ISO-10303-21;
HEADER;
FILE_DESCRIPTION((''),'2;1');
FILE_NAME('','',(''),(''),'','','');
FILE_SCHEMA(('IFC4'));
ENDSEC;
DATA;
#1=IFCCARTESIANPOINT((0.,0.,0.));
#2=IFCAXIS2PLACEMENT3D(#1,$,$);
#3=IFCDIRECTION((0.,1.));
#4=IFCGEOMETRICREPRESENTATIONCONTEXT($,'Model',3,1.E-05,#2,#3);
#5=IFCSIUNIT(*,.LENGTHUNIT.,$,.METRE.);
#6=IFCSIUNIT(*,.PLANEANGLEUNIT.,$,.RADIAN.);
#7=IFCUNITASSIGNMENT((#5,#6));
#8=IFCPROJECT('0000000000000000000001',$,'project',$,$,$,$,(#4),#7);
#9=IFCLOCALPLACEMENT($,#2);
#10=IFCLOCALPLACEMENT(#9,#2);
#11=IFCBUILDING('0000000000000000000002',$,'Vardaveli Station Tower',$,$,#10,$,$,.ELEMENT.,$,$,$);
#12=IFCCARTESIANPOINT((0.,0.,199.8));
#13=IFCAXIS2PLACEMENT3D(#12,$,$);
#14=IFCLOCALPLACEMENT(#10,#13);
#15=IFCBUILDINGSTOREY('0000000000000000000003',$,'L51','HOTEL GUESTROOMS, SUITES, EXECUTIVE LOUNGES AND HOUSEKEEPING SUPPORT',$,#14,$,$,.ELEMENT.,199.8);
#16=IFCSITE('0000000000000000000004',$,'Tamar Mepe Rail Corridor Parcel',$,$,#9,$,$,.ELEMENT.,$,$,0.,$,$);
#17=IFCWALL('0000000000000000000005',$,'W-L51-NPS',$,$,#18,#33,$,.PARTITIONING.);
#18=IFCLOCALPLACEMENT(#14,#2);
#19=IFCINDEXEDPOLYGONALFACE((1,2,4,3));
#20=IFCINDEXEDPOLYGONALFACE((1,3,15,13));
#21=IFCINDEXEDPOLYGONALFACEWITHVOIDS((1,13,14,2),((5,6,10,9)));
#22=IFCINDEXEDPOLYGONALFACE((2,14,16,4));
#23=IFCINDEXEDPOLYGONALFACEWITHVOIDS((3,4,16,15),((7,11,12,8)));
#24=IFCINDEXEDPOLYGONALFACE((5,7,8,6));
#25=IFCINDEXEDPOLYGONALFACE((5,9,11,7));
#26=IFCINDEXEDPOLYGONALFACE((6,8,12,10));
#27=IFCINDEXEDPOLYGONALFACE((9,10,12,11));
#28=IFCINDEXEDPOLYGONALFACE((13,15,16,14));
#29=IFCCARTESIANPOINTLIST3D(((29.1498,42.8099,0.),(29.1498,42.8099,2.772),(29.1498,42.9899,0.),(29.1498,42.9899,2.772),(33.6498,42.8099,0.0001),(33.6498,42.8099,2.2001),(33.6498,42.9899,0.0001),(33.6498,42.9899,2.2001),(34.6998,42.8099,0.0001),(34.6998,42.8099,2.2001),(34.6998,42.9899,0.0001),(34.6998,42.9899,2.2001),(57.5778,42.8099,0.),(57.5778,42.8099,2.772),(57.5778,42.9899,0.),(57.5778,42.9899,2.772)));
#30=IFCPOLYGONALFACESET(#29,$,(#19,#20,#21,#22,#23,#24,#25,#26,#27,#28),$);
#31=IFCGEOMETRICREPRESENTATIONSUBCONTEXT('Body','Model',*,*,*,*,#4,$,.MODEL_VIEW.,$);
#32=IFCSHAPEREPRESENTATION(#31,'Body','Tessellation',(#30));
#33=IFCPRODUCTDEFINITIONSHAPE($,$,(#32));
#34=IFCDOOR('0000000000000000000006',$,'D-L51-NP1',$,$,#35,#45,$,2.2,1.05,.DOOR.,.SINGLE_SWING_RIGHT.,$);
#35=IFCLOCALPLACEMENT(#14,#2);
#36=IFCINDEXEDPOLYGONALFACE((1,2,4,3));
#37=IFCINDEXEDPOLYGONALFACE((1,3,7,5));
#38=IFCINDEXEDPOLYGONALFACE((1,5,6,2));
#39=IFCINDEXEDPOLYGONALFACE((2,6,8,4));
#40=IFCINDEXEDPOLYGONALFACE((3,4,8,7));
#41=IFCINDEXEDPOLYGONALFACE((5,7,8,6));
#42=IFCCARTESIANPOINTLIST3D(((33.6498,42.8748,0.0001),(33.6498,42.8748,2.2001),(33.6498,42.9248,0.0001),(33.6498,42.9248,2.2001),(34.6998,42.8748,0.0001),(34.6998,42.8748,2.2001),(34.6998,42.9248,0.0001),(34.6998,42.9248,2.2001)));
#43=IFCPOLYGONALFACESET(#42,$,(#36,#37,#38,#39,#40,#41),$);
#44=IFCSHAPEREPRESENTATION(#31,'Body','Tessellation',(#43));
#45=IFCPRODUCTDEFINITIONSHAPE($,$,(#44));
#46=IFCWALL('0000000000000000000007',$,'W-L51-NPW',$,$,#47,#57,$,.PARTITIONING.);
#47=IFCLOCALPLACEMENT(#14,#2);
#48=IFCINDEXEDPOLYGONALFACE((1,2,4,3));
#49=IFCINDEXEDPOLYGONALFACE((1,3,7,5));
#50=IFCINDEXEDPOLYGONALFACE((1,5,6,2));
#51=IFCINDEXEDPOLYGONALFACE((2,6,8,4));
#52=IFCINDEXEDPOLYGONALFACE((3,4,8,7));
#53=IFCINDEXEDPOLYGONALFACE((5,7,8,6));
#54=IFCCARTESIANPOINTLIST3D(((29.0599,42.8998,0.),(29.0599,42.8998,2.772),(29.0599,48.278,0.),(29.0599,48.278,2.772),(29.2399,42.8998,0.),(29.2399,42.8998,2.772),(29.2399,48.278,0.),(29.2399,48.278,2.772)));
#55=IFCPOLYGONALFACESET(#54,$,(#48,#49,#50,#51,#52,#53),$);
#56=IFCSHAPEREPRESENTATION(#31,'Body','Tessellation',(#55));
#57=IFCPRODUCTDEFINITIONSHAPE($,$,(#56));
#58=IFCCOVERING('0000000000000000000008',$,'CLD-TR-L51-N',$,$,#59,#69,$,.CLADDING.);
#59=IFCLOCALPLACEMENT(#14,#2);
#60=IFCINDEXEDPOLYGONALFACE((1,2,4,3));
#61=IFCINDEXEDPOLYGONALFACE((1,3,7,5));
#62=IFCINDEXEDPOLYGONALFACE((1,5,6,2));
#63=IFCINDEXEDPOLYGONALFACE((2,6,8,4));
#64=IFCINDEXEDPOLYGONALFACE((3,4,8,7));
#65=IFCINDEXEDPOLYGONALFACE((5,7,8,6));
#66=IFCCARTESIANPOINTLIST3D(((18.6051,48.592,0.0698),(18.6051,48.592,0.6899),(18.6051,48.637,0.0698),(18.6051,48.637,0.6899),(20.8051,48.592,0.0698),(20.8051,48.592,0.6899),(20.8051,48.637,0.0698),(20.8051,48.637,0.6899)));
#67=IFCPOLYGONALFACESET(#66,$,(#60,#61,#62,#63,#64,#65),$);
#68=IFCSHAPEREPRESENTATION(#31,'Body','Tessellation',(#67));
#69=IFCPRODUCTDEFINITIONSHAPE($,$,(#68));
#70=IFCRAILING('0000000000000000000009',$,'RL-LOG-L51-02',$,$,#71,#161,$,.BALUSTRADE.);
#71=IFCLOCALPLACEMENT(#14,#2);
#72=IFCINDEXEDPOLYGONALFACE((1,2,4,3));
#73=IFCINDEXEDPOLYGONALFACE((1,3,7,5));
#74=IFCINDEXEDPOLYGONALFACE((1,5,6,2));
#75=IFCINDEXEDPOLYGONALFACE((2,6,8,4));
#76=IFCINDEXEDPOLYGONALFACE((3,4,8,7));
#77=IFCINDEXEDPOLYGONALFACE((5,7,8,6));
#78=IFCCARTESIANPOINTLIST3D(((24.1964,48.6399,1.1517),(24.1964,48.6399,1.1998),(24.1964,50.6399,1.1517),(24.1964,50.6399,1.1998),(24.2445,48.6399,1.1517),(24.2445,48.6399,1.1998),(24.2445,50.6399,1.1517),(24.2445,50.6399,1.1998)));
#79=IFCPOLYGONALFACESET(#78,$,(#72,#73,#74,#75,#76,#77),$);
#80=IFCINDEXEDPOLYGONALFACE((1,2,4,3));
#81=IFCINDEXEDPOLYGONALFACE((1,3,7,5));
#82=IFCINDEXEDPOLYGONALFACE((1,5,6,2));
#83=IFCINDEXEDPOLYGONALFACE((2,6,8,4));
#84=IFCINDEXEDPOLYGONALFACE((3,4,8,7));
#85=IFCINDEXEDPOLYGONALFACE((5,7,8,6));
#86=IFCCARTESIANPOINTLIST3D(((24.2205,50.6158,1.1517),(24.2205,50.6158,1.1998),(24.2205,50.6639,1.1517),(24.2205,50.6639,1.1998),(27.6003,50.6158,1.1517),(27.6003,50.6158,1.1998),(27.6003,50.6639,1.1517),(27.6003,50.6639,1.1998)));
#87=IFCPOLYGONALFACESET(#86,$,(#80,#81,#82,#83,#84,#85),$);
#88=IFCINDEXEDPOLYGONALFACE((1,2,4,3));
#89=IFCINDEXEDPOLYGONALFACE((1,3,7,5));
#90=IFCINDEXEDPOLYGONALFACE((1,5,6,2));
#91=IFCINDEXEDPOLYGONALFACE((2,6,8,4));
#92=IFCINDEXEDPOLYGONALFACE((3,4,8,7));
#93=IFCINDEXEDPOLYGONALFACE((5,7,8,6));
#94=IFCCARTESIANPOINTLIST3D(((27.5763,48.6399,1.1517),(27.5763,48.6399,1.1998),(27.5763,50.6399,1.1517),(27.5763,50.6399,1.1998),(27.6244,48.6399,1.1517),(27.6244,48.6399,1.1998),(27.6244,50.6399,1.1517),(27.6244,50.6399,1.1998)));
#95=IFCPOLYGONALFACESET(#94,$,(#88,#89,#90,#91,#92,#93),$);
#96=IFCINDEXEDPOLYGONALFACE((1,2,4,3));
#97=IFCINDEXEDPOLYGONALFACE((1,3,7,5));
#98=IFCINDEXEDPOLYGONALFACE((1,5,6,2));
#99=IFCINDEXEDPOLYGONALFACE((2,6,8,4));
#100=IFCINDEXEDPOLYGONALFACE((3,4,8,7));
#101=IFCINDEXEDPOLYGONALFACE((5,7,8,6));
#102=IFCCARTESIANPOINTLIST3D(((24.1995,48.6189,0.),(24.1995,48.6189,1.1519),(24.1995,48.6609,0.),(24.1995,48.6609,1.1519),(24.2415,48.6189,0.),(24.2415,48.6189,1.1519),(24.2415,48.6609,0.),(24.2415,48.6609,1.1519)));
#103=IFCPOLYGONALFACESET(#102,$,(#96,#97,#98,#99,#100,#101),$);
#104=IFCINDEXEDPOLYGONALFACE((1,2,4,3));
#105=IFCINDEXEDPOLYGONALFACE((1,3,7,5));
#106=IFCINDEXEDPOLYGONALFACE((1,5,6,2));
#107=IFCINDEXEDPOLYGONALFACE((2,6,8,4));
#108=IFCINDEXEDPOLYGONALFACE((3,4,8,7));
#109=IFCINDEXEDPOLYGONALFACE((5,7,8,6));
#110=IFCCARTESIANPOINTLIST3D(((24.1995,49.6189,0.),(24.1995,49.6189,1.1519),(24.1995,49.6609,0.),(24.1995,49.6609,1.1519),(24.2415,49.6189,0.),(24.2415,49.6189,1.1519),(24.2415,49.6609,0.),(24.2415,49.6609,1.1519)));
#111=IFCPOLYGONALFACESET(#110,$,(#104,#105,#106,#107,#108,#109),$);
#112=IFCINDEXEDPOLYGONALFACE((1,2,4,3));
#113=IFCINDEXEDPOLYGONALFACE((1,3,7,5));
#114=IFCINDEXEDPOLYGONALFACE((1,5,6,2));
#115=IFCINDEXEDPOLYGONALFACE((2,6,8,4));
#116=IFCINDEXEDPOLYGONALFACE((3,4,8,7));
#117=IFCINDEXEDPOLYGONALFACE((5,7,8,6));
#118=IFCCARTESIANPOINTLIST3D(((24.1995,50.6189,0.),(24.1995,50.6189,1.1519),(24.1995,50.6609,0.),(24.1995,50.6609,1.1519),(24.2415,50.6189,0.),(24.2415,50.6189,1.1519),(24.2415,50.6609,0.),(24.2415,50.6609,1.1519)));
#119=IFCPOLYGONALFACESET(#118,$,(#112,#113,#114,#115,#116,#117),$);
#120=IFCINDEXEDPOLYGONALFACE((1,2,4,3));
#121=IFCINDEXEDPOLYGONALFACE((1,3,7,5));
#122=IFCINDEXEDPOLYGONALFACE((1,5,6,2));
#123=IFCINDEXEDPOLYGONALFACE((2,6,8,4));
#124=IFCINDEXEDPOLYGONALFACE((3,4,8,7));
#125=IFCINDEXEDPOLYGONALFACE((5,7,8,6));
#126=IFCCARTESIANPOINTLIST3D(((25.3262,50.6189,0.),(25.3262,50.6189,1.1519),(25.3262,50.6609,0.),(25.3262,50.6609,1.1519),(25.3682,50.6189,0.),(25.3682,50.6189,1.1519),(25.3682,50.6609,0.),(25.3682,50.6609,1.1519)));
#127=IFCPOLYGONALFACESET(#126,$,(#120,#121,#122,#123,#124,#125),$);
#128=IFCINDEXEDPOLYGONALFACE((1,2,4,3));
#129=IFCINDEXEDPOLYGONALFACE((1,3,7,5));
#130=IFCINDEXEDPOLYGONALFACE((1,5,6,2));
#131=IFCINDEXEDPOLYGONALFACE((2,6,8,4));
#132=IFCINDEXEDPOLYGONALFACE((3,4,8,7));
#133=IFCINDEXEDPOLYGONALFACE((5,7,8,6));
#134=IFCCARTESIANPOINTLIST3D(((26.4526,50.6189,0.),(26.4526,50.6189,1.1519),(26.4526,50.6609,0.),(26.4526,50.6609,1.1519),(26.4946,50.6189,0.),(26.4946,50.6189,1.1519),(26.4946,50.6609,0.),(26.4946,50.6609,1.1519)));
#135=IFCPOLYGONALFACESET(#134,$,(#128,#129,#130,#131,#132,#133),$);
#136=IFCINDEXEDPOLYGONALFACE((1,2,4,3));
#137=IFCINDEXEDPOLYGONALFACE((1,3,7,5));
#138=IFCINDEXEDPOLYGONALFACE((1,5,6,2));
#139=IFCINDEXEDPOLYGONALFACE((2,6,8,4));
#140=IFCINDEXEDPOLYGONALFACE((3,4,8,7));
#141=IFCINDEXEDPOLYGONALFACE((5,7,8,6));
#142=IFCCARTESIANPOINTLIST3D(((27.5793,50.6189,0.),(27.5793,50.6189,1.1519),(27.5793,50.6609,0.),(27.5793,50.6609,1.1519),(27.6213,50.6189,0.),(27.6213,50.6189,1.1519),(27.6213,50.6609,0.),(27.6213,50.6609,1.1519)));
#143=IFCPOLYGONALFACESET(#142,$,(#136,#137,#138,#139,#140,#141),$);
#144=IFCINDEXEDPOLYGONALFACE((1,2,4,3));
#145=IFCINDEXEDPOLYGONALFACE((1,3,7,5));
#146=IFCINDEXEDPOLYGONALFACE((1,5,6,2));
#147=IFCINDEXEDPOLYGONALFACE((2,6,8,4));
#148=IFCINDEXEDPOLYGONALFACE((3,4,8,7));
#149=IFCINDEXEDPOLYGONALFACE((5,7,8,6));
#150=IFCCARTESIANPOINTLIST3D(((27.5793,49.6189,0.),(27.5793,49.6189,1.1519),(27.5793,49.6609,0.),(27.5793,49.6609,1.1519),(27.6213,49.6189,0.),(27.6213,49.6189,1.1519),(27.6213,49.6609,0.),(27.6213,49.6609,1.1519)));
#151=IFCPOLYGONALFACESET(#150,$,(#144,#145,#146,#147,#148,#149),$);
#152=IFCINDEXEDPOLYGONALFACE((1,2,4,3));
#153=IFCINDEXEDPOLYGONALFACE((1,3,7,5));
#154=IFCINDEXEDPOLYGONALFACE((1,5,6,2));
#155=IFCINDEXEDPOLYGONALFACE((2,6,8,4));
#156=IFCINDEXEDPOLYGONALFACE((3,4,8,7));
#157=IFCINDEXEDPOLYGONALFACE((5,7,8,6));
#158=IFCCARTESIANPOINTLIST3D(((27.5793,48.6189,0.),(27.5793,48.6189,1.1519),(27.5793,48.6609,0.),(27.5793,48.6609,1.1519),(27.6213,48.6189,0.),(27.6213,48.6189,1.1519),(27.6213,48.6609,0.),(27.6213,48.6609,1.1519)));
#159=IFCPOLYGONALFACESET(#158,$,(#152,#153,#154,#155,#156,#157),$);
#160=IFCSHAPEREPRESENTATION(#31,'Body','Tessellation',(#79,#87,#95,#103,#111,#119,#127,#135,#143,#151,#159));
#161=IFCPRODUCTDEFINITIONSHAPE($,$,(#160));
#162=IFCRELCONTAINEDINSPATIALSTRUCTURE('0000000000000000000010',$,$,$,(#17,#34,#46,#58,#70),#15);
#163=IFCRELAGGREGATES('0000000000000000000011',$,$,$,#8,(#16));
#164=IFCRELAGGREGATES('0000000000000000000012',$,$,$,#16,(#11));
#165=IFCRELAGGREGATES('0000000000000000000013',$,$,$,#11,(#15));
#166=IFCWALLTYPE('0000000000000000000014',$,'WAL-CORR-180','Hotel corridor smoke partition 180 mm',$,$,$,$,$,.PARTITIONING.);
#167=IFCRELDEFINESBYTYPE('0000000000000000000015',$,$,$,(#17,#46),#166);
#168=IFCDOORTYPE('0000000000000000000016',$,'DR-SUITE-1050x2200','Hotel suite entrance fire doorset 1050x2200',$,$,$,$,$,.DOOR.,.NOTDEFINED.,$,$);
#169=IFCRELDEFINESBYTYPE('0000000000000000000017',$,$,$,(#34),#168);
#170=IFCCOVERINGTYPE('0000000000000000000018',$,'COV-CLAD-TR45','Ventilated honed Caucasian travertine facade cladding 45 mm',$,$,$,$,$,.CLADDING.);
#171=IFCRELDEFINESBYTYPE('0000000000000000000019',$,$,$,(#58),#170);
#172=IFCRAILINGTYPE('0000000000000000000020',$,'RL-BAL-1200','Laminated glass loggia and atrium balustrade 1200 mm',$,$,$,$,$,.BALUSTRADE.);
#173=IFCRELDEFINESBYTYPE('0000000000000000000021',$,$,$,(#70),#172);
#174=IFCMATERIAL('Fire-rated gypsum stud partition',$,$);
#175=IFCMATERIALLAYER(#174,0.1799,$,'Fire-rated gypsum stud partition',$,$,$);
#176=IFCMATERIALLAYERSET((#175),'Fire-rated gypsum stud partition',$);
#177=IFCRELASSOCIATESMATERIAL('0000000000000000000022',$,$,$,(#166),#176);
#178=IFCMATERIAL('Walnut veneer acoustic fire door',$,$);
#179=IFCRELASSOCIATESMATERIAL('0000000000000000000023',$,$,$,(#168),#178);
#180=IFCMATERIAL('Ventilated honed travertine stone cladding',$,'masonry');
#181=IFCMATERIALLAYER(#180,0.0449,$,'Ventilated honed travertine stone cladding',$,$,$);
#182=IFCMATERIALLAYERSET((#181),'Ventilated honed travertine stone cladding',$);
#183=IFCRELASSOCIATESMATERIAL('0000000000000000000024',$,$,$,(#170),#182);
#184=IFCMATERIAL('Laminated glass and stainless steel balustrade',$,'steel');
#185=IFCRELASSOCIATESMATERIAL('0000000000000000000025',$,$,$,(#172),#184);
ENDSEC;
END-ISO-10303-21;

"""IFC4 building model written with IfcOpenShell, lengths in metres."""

from ifc_helpers import new_model, si_unit, direction, frame, frame_2d, origin, origin_2d, place, context, subcontext, project, spatial, rectangle, extrude, source, transform, mapped, material, layer, layer_set, type_object, element, fill, save


model = new_model("IFC4")

# Units and contexts
model_context = context("Model", 3, precision=1e-05, world=origin(), true_north=direction((0.0, 1.0)))
body_context = subcontext(model_context, "Body", "Model", "MODEL_VIEW")
ifc_project = project(units=[si_unit("LENGTHUNIT", "METRE"), si_unit("PLANEANGLEUNIT", "RADIAN")], contexts=[model_context])

# Site, building, storey
site_placement = place(None, origin())
site = spatial("IfcSite", under=ifc_project, at=site_placement, Name="Tamar Mepe Rail Corridor Parcel", CompositionType="ELEMENT", RefElevation=0.0)
building_placement = place(site_placement, origin())
building = spatial("IfcBuilding", under=site, at=building_placement, Name="Vardaveli Station Tower", CompositionType="ELEMENT")
storey_placement = place(building_placement, frame((0.0, 0.0, 199.8)))
storey = spatial("IfcBuildingStorey", under=building, at=storey_placement, Name="L51", Description="HOTEL GUESTROOMS, SUITES, EXECUTIVE LOUNGES AND HOUSEKEEPING SUPPORT", CompositionType="ELEMENT", Elevation=199.8)

# Wall, opening, door
ifc_material_1 = material(Name="Fire-rated gypsum stud partition")
ifc_layer_1 = layer(ifc_material_1, 0.1799, Name="Fire-rated gypsum stud partition")
ifc_layer_set_1 = layer_set([ifc_layer_1], Name="Fire-rated gypsum stud partition")
wall_type_1 = type_object("IfcWallType", Name="WAL-CORR-180", Description="Hotel corridor smoke partition 180 mm", PredefinedType="PARTITIONING", material=ifc_layer_set_1)
shared_shape_1 = source(origin(), body_context, "Body", "SweptSolid", [
    extrude(rectangle(XDim=28.428, YDim=0.1799, at=frame_2d((14.2139, 0.0))), origin(), (0.0, 0.0, 1.0), 2.772),
])
wall_1_placement = place(storey_placement, frame((29.1499, 42.8999, 0.0), z_axis=(0.0, 0.0, 1.0), x_axis=(1.0, 0.0, 0.0)))
wall_1 = element("IfcWall", 1, at=wall_1_placement, inside=storey, type_object=wall_type_1, Name="W-L51-NPS", PredefinedType="PARTITIONING", context=body_context, shape_type="MappedRepresentation", body=[
    mapped(shared_shape_1, transform((0.0, 0.0, 0.0), scale=1.0)),
])
shared_shape_2 = source(origin(), body_context, "Body", "SweptSolid", [
    extrude(rectangle(XDim=1.05, YDim=2.2, at=frame_2d((0.5249, 1.1001))), frame((0.0, 0.1001, 0.0), z_axis=(0.0, -1.0, 0.0), x_axis=(1.0, 0.0, 0.0)), (0.0, 0.0, 1.0), 0.2),
])
opening_1_placement = place(wall_1_placement, frame((4.5, 0.0, 0.0)))
opening_1 = element("IfcOpeningElement", 2, at=opening_1_placement, cuts=wall_1, PredefinedType="OPENING", context=body_context, shape_type="MappedRepresentation", body=[
    mapped(shared_shape_2, transform((0.0, 0.0, 0.0), scale=1.0)),
])
ifc_material_2 = material(Name="Walnut veneer acoustic fire door")
door_type = type_object("IfcDoorType", Name="DR-SUITE-1050x2200", Description="Hotel suite entrance fire doorset 1050x2200", OperationType="NOTDEFINED", PredefinedType="DOOR", material=ifc_material_2)
shared_shape_3 = source(origin(), body_context, "Body", "SweptSolid", [
    extrude(rectangle(XDim=1.05, YDim=2.2, at=frame_2d((0.5249, 1.1001))), frame((0.0, 0.0249, 0.0), z_axis=(0.0, -1.0, 0.0), x_axis=(1.0, 0.0, 0.0)), (0.0, 0.0, 1.0), 0.05),
])
door_placement = place(opening_1_placement, origin())
door = element("IfcDoor", 3, at=door_placement, inside=storey, type_object=door_type, Name="D-L51-NP1", OperationType="SINGLE_SWING_RIGHT", OverallHeight=2.2, OverallWidth=1.05, PredefinedType="DOOR", context=body_context, shape_type="MappedRepresentation", body=[
    mapped(shared_shape_3, transform((0.0, 0.0, 0.0), scale=1.0)),
])
fill(opening_1, door)

# Wall
shared_shape_4 = source(origin(), body_context, "Body", "SweptSolid", [
    extrude(rectangle(XDim=5.3782, YDim=0.1799, at=frame_2d((2.689, 0.0))), origin(), (0.0, 0.0, 1.0), 2.772),
])
wall_2_placement = place(storey_placement, frame((29.1499, 42.8999, 0.0), z_axis=(0.0, 0.0, 1.0), x_axis=(0.0, 1.0, 0.0)))
element("IfcWall", 4, at=wall_2_placement, inside=storey, type_object=wall_type_1, Name="W-L51-NPW", PredefinedType="PARTITIONING", context=body_context, shape_type="MappedRepresentation", body=[
    mapped(shared_shape_4, transform((0.0, 0.0, 0.0), scale=1.0)),
])

# Covering
ifc_material_3 = material(Name="Ventilated honed travertine stone cladding", Category="masonry")
ifc_layer_2 = layer(ifc_material_3, 0.0449, Name="Ventilated honed travertine stone cladding")
ifc_layer_set_2 = layer_set([ifc_layer_2], Name="Ventilated honed travertine stone cladding")
covering_type = type_object("IfcCoveringType", Name="COV-CLAD-TR45", Description="Ventilated honed Caucasian travertine facade cladding 45 mm", PredefinedType="CLADDING", material=ifc_layer_set_2)
shared_shape_5 = source(origin(), body_context, "Body", "SweptSolid", [
    extrude(rectangle(XDim=2.2, YDim=0.0449, at=origin_2d()), origin(), (0.0, 0.0, 1.0), 0.6201),
])
covering_placement = place(storey_placement, frame((19.7051, 48.6145, 0.0698), z_axis=(0.0, 0.0, 1.0), x_axis=(1.0, 0.0, 0.0)))
element("IfcCovering", 5, at=covering_placement, inside=storey, type_object=covering_type, Name="CLD-TR-L51-N", PredefinedType="CLADDING", context=body_context, shape_type="MappedRepresentation", body=[
    mapped(shared_shape_5, transform((0.0, 0.0, 0.0), scale=1.0)),
])

# Railing
ifc_material_4 = material(Name="Laminated glass and stainless steel balustrade", Category="steel")
railing_type = type_object("IfcRailingType", Name="RL-BAL-1200", Description="Laminated glass loggia and atrium balustrade 1200 mm", PredefinedType="BALUSTRADE", material=ifc_material_4)
shared_shape_6 = source(origin(), body_context, "Body", "SweptSolid", [
    extrude(rectangle(XDim=0.0481, YDim=0.0481, at=origin_2d()), frame((0.0, 0.0, 1.1758), z_axis=(0.0, 1.0, 0.0), x_axis=(-1.0, 0.0, 0.0)), (0.0, 0.0, 1.0), 2.0),
    extrude(rectangle(XDim=0.0481, YDim=0.0481, at=origin_2d()), frame((0.0, 2.0, 1.1758), z_axis=(1.0, 0.0, 0.0), x_axis=(0.0, 1.0, 0.0)), (0.0, 0.0, 1.0), 3.3799),
    extrude(rectangle(XDim=0.0481, YDim=0.0481, at=origin_2d()), frame((3.3799, 2.0, 1.1758), z_axis=(0.0, -1.0, 0.0), x_axis=(1.0, 0.0, 0.0)), (0.0, 0.0, 1.0), 2.0),
    extrude(rectangle(XDim=0.042, YDim=0.042, at=origin_2d()), origin(), (0.0, 0.0, 1.0), 1.1519),
    extrude(rectangle(XDim=0.042, YDim=0.042, at=origin_2d()), frame((0.0, 1.0, 0.0)), (0.0, 0.0, 1.0), 1.1519),
    extrude(rectangle(XDim=0.042, YDim=0.042, at=origin_2d()), frame((0.0, 2.0, 0.0)), (0.0, 0.0, 1.0), 1.1519),
    extrude(rectangle(XDim=0.042, YDim=0.042, at=origin_2d()), frame((1.1267, 2.0, 0.0)), (0.0, 0.0, 1.0), 1.1519),
    extrude(rectangle(XDim=0.042, YDim=0.042, at=origin_2d()), frame((2.2532, 2.0, 0.0)), (0.0, 0.0, 1.0), 1.1519),
    extrude(rectangle(XDim=0.042, YDim=0.042, at=origin_2d()), frame((3.3799, 2.0, 0.0)), (0.0, 0.0, 1.0), 1.1519),
    extrude(rectangle(XDim=0.042, YDim=0.042, at=origin_2d()), frame((3.3799, 1.0, 0.0)), (0.0, 0.0, 1.0), 1.1519),
    extrude(rectangle(XDim=0.042, YDim=0.042, at=origin_2d()), frame((3.3799, 0.0, 0.0)), (0.0, 0.0, 1.0), 1.1519),
])
railing_placement = place(storey_placement, frame((24.2205, 48.6399, 0.0)))
element("IfcRailing", 6, at=railing_placement, inside=storey, type_object=railing_type, Name="RL-LOG-L51-02", PredefinedType="BALUSTRADE", context=body_context, shape_type="MappedRepresentation", body=[
    mapped(shared_shape_6, transform((0.0, 0.0, 0.0), scale=1.0)),
])

save(model, "model.ifc")
